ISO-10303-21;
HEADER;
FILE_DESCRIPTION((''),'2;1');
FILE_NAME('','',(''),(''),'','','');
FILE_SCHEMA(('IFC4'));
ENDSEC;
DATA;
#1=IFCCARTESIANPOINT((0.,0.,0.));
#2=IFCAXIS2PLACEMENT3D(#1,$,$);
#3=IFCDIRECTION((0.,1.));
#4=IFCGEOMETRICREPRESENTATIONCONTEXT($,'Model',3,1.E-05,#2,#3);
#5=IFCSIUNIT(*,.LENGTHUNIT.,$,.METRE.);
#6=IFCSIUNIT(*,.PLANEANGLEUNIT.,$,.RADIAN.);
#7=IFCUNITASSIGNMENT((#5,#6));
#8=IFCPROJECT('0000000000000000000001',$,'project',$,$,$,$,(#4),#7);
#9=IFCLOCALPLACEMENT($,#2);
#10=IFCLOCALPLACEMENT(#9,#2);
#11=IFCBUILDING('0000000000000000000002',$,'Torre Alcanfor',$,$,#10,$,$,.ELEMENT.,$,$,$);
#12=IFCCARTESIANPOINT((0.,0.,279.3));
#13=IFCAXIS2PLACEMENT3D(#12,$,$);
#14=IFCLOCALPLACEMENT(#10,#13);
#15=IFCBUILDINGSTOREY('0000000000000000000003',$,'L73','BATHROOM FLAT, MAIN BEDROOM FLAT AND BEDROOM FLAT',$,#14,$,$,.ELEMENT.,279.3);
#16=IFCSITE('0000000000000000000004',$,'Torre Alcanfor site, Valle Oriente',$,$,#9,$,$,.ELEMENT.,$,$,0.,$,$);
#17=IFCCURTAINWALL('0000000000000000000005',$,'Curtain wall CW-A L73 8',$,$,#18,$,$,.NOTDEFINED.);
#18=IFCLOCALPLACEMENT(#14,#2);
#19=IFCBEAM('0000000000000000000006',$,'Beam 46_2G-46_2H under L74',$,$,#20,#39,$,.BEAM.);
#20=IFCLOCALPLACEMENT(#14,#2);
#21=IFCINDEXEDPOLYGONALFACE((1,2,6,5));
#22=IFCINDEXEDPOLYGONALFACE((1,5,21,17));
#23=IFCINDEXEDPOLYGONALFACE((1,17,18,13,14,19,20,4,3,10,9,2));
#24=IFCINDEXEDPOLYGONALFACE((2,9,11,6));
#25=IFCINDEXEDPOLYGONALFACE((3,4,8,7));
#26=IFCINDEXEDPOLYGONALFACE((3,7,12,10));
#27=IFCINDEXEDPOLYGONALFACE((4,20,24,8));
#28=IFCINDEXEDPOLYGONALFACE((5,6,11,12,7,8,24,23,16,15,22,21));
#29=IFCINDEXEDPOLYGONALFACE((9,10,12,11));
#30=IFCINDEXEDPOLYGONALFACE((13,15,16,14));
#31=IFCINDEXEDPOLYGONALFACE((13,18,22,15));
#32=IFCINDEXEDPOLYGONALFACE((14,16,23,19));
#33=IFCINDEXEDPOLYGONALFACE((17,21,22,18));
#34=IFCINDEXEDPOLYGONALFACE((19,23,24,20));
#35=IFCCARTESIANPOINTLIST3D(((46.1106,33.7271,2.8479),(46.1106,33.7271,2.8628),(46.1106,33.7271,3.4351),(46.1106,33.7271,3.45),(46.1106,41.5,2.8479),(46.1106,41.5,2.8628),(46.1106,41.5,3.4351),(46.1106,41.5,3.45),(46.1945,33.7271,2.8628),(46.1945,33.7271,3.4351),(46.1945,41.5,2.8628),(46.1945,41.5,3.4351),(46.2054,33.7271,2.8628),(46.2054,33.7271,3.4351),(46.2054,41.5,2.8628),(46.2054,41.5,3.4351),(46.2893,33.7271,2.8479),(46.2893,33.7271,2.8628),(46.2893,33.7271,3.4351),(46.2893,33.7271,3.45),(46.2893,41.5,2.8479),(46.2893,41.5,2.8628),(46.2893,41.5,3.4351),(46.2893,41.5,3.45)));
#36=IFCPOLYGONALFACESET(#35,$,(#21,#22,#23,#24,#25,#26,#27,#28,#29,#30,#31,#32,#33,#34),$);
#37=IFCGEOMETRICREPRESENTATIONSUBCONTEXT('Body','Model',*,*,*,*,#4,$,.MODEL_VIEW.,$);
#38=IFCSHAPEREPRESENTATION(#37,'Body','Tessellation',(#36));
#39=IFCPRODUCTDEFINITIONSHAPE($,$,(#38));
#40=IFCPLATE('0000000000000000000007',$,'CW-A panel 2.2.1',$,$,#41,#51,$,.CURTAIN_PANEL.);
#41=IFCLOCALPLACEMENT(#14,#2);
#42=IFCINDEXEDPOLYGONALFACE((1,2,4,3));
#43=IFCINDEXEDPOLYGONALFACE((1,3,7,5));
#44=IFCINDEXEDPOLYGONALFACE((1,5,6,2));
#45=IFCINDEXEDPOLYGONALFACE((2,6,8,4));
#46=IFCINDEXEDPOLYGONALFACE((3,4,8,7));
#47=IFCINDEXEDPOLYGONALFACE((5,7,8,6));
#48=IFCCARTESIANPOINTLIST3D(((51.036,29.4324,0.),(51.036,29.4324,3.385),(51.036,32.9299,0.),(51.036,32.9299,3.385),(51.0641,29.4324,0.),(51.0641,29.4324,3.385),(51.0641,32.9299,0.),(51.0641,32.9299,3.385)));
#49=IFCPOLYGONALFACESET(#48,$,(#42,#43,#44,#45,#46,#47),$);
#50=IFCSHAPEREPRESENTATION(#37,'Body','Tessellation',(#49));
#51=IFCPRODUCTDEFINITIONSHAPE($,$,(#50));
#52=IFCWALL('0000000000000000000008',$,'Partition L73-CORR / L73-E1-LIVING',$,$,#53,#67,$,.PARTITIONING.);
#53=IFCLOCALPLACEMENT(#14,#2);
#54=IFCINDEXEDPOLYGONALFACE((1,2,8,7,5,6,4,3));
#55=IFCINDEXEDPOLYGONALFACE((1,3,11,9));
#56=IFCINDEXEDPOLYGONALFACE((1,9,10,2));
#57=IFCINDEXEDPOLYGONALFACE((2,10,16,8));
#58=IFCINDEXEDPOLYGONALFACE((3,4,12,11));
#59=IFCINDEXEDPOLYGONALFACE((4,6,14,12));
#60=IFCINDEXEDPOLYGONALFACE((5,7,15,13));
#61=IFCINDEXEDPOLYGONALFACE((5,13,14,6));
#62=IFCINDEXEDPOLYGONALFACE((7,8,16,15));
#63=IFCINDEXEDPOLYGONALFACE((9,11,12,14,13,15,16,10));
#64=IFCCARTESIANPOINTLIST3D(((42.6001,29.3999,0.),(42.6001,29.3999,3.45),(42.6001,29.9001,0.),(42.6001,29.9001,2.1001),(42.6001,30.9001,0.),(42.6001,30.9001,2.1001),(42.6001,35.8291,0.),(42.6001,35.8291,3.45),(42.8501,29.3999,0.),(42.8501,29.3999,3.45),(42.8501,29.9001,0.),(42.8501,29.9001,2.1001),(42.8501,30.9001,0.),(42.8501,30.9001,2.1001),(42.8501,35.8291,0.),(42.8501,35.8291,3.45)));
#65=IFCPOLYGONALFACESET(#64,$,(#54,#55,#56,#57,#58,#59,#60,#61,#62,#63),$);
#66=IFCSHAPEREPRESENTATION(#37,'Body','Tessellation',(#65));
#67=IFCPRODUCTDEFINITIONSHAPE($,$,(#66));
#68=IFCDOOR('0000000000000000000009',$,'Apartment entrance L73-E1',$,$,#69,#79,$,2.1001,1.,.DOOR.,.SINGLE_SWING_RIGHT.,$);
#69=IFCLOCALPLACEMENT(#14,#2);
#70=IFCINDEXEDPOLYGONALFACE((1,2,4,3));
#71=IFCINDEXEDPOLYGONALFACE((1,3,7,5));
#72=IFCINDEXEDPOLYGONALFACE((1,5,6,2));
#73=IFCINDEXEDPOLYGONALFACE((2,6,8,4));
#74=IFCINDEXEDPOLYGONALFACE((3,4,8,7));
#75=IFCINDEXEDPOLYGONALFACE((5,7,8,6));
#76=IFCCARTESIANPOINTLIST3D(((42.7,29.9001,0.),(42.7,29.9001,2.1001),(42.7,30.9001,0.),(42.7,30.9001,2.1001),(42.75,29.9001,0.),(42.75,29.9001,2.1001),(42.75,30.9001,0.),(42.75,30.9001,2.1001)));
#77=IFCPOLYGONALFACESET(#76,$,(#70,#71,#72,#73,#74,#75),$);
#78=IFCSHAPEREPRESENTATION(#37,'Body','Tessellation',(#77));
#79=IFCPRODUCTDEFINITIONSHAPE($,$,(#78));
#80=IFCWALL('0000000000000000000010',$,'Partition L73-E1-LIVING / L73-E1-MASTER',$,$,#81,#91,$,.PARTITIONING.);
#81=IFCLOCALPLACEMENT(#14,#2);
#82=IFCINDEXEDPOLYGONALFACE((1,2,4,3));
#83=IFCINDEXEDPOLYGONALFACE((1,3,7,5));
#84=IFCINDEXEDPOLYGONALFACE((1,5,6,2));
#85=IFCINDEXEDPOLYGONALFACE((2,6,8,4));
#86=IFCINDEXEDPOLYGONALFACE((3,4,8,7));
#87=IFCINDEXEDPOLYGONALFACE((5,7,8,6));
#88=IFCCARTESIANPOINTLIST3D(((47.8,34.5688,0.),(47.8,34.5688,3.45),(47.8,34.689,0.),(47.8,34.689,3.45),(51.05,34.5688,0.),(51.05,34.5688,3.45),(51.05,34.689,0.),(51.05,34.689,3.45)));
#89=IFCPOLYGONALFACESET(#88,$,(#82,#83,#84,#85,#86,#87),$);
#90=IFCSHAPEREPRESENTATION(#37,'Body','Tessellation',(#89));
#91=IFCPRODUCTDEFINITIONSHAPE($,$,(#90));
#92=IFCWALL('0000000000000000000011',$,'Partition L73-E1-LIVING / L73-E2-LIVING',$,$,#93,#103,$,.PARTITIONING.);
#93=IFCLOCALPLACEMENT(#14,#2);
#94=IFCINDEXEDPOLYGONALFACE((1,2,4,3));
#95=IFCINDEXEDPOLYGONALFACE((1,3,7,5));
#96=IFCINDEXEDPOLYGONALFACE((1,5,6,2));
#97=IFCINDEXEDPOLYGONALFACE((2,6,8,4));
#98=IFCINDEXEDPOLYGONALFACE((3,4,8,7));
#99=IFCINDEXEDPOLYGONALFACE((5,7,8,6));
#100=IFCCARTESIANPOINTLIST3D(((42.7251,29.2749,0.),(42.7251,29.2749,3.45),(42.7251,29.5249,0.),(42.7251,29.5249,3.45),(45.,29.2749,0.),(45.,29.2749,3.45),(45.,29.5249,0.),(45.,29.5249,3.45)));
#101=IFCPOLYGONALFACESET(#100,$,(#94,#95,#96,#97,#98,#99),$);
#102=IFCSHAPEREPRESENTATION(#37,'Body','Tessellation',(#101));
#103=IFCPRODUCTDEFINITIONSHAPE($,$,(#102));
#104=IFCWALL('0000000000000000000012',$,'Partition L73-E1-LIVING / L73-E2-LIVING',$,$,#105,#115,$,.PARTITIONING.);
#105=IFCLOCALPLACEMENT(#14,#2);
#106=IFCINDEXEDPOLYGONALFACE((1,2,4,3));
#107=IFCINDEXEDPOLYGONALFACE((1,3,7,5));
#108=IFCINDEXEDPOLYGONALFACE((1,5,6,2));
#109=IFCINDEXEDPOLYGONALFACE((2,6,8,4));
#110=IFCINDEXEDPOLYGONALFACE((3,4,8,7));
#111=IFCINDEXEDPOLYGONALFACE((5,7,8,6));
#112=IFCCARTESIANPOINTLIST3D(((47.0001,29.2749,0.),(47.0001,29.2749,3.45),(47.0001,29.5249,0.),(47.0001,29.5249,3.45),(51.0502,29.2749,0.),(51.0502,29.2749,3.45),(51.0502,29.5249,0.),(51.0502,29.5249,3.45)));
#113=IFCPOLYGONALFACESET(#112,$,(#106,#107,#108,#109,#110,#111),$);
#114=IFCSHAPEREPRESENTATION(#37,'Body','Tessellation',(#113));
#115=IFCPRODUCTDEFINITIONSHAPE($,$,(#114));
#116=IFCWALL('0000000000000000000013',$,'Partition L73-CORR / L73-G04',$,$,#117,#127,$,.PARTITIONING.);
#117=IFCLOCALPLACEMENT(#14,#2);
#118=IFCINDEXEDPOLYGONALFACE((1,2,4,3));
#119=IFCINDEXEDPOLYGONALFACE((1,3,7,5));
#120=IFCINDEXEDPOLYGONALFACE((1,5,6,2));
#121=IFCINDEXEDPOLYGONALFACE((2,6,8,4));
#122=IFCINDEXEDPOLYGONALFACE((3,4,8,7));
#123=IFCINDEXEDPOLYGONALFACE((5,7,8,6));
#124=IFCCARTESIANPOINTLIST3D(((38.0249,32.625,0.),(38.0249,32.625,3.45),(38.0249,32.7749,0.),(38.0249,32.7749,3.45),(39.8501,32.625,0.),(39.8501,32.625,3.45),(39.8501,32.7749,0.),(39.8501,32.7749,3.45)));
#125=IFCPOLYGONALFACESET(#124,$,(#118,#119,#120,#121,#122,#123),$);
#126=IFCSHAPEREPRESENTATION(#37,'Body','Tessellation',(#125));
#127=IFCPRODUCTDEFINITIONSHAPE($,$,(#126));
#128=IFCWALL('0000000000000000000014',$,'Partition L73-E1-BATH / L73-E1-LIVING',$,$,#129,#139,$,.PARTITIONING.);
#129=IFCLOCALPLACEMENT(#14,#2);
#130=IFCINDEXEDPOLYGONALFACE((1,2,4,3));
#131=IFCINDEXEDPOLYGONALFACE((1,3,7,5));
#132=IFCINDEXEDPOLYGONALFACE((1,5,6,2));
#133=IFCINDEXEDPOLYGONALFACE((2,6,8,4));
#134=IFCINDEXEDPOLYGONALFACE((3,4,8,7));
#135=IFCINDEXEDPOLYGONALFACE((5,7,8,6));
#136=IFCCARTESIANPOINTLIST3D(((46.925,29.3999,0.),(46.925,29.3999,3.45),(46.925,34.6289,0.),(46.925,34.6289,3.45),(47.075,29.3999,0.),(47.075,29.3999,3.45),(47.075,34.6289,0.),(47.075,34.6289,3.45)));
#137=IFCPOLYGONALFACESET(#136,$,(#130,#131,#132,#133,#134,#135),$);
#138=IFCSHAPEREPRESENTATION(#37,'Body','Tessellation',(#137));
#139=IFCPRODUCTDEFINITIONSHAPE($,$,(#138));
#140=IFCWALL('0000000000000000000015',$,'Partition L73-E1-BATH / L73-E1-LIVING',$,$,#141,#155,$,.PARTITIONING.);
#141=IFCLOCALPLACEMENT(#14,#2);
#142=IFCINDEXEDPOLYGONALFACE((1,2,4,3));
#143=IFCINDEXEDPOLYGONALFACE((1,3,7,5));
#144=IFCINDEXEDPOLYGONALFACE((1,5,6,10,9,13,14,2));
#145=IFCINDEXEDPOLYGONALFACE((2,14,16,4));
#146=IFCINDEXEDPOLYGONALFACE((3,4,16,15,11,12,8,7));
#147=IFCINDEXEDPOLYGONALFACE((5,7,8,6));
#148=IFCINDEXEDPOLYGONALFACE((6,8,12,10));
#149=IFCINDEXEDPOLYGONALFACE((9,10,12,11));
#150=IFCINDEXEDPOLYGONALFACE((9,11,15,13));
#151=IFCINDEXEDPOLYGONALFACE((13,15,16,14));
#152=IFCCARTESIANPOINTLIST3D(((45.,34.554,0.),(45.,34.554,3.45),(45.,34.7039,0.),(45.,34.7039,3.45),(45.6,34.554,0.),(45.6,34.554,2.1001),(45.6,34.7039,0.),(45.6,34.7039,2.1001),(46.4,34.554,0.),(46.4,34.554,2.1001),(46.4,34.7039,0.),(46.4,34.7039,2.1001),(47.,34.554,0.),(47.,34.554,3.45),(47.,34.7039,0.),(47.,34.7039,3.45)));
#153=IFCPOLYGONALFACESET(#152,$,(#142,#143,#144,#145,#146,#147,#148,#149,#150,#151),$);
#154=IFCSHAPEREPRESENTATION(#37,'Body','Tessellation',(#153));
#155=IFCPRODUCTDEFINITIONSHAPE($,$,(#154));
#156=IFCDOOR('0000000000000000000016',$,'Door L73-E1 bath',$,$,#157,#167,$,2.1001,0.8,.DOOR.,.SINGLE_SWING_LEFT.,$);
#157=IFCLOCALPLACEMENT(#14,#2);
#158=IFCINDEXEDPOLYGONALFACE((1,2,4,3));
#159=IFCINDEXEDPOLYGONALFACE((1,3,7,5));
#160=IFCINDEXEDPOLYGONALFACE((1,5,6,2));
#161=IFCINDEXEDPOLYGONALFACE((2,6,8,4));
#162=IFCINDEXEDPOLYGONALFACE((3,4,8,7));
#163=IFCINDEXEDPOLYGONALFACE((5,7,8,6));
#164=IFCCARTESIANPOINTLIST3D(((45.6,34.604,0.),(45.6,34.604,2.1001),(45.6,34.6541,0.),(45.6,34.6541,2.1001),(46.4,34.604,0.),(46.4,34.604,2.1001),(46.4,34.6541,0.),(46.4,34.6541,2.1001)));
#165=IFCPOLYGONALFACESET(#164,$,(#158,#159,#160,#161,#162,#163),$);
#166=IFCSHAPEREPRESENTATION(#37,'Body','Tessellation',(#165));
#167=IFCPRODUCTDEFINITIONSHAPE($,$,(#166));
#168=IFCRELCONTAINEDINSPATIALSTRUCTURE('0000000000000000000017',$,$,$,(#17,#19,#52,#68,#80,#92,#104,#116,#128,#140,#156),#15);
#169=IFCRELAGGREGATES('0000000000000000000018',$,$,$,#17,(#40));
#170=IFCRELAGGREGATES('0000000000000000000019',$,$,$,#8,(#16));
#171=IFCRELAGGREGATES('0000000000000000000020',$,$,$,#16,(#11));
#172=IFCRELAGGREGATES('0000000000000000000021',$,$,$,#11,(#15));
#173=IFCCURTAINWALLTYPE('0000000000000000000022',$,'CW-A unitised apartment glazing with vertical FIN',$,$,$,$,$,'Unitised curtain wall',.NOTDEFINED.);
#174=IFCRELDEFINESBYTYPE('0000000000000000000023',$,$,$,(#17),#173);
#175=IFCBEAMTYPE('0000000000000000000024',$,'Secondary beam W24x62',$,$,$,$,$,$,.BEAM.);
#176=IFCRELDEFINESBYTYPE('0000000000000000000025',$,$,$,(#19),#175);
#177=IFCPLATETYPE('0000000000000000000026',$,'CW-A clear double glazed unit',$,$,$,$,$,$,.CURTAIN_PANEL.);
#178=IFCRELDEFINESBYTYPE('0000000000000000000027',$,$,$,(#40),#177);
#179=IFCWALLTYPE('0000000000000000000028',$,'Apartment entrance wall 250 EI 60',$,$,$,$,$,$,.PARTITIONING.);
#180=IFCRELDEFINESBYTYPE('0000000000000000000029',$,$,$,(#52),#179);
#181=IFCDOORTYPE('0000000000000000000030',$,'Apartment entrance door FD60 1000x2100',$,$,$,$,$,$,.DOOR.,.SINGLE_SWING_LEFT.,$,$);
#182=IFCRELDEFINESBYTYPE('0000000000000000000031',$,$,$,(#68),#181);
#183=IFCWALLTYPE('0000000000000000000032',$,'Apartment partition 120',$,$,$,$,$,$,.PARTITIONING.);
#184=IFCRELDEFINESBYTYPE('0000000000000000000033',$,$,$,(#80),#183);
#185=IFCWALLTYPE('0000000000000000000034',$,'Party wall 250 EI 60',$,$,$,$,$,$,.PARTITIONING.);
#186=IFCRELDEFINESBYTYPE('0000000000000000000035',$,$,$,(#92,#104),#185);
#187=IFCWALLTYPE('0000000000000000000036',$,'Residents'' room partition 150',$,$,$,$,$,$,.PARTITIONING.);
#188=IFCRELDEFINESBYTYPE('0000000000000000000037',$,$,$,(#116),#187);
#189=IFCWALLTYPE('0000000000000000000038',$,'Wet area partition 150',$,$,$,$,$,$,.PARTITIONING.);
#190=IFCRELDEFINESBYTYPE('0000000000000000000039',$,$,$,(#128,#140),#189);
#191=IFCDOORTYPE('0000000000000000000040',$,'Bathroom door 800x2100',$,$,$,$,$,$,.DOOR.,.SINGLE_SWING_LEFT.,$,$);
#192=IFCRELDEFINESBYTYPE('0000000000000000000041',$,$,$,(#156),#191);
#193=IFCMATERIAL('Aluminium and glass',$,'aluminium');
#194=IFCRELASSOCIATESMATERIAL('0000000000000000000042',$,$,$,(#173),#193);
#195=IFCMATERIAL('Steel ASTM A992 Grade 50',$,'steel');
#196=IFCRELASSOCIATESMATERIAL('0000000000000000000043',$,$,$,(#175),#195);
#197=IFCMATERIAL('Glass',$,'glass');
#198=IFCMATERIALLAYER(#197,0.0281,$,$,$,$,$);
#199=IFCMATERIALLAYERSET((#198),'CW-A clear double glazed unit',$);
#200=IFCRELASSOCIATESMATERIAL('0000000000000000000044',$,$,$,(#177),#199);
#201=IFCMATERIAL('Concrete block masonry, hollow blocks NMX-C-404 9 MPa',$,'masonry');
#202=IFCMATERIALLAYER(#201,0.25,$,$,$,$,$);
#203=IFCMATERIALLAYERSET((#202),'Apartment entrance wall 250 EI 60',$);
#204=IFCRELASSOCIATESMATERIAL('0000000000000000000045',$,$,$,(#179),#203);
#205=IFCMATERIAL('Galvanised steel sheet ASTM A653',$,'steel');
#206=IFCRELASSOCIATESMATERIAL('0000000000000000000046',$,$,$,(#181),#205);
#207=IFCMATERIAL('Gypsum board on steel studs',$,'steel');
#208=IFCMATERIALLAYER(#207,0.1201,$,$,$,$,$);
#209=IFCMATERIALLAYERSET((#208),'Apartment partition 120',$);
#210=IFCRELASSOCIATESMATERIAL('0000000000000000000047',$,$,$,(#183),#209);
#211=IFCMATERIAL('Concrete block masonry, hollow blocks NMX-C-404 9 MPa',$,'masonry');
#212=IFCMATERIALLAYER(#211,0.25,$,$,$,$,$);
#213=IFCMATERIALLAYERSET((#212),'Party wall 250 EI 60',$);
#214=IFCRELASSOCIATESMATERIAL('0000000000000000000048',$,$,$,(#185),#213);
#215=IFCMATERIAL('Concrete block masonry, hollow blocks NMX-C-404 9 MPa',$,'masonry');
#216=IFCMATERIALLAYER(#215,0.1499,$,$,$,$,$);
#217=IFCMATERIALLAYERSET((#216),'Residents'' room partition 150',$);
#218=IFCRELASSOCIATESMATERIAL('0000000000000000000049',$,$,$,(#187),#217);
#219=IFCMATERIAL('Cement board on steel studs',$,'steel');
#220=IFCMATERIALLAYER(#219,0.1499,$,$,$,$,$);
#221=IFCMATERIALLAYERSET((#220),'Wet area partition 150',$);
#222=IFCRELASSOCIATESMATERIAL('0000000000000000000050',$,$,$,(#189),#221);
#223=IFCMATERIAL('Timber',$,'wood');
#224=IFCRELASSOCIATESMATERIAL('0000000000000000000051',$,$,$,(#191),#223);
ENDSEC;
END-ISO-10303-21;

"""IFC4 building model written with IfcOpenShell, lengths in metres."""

from ifc_helpers import new_model, si_unit, direction, frame, frame_2d, origin, origin_2d, place, context, subcontext, project, spatial, rectangle, i_section, extrude, material, layer, layer_set, material_profile, profile_set, type_object, element, fill, aggregate, save


model = new_model("IFC4")

# Units and contexts
model_context = context("Model", 3, precision=1e-05, world=origin(), true_north=direction((0.0, 1.0)))
body_context = subcontext(model_context, "Body", "Model", "MODEL_VIEW")
ifc_project = project(units=[si_unit("LENGTHUNIT", "METRE"), si_unit("PLANEANGLEUNIT", "RADIAN")], contexts=[model_context])

# Site, building, storey
site_placement = place(None, origin())
site = spatial("IfcSite", under=ifc_project, at=site_placement, Name="Torre Alcanfor site, Valle Oriente", CompositionType="ELEMENT", RefElevation=0.0)
building_placement = place(site_placement, origin())
building = spatial("IfcBuilding", under=site, at=building_placement, Name="Torre Alcanfor", CompositionType="ELEMENT")
storey_placement = place(building_placement, frame((0.0, 0.0, 279.3)))
storey = spatial("IfcBuildingStorey", under=building, at=storey_placement, Name="L73", Description="BATHROOM FLAT, MAIN BEDROOM FLAT AND BEDROOM FLAT", CompositionType="ELEMENT", Elevation=279.3)

# Curtain wall
ifc_material_1 = material(Name="Aluminium and glass", Category="aluminium")
curtain_wall_type = type_object("IfcCurtainWallType", Name="CW-A unitised apartment glazing with vertical FIN", ElementType="Unitised curtain wall", PredefinedType="NOTDEFINED", material=ifc_material_1)
curtain_wall_placement = place(storey_placement, origin())
curtain_wall = element("IfcCurtainWall", 1, at=curtain_wall_placement, inside=storey, type_object=curtain_wall_type, Name="Curtain wall CW-A L73 8", PredefinedType="NOTDEFINED")

# Beam
ifc_material_2 = material(Name="Steel ASTM A992 Grade 50", Category="steel")
ifc_material_profile_1 = material_profile(ifc_material_2, i_section(OverallWidth=0.1787, OverallDepth=0.6021, WebThickness=0.011, FlangeThickness=0.0149, at=origin_2d()), Name="W24x62")
ifc_profile_set_1 = profile_set([ifc_material_profile_1], Name="Steel ASTM A992 Grade 50")
beam_type_1 = type_object("IfcBeamType", Name="Secondary beam W24x62", PredefinedType="BEAM", material=ifc_profile_set_1)
beam_1_placement = place(storey_placement, frame((46.2, 33.7271, 3.1489), z_axis=(0.0, 1.0, 0.0), x_axis=(-1.0, 0.0, 0.0)))
element("IfcBeam", 2, at=beam_1_placement, inside=storey, type_object=beam_type_1, Name="Beam 46_2G-46_2H under L74", PredefinedType="BEAM", context=body_context, shape_type="SweptSolid", body=[
    extrude(i_section(OverallWidth=0.1787, OverallDepth=0.6021, WebThickness=0.011, FlangeThickness=0.0149, at=origin_2d()), origin(), (0.0, 0.0, 1.0), 7.7729),
])

# Plate
ifc_material_3 = material(Name="Glass", Category="glass")
ifc_layer_1 = layer(ifc_material_3, 0.0281)
ifc_layer_set_1 = layer_set([ifc_layer_1], Name="CW-A clear double glazed unit")
plate_type = type_object("IfcPlateType", Name="CW-A clear double glazed unit", PredefinedType="CURTAIN_PANEL", material=ifc_layer_set_1)
plate_placement = place(storey_placement, frame((51.05, 31.1812, 0.0), z_axis=(0.0, 0.0, 1.0), x_axis=(0.0, 1.0, 0.0)))
plate = element("IfcPlate", 3, at=plate_placement, type_object=plate_type, Name="CW-A panel 2.2.1", PredefinedType="CURTAIN_PANEL", context=body_context, shape_type="SweptSolid", body=[
    extrude(rectangle(XDim=3.4976, YDim=0.0281, at=origin_2d()), origin(), (0.0, 0.0, 1.0), 3.385),
])
aggregate(curtain_wall, [plate])

# Wall, opening, door
ifc_material_4 = material(Name="Concrete block masonry, hollow blocks NMX-C-404 9 MPa", Category="masonry")
ifc_layer_2 = layer(ifc_material_4, 0.25)
ifc_layer_set_2 = layer_set([ifc_layer_2], Name="Apartment entrance wall 250 EI 60")
wall_type_1 = type_object("IfcWallType", Name="Apartment entrance wall 250 EI 60", PredefinedType="PARTITIONING", material=ifc_layer_set_2)
wall_1_placement = place(storey_placement, frame((42.7251, 35.8291, 0.0), z_axis=(0.0, 0.0, 1.0), x_axis=(0.0, -1.0, 0.0)))
wall_1 = element("IfcWall", 4, at=wall_1_placement, inside=storey, type_object=wall_type_1, Name="Partition L73-CORR / L73-E1-LIVING", PredefinedType="PARTITIONING", context=body_context, shape_type="SweptSolid", body=[
    extrude(rectangle(XDim=6.4292, YDim=0.25, at=frame_2d((3.2146, 0.0))), origin(), (0.0, 0.0, 1.0), 3.45),
])
opening_1_placement = place(wall_1_placement, frame((4.929, 0.0, 0.0)))
opening_1 = element("IfcOpeningElement", 5, at=opening_1_placement, cuts=wall_1, PredefinedType="OPENING", context=body_context, shape_type="SweptSolid", body=[
    extrude(rectangle(XDim=1.0, YDim=2.1001, at=frame_2d((0.5, 1.05))), frame((0.0, 0.135, 0.0), z_axis=(0.0, -1.0, 0.0), x_axis=(1.0, 0.0, 0.0)), (0.0, 0.0, 1.0), 0.27),
])
ifc_material_5 = material(Name="Galvanised steel sheet ASTM A653", Category="steel")
door_type_1 = type_object("IfcDoorType", Name="Apartment entrance door FD60 1000x2100", OperationType="SINGLE_SWING_LEFT", PredefinedType="DOOR", material=ifc_material_5)
door_1_placement = place(opening_1_placement, origin())
door_1 = element("IfcDoor", 6, at=door_1_placement, inside=storey, type_object=door_type_1, Name="Apartment entrance L73-E1", OperationType="SINGLE_SWING_RIGHT", OverallHeight=2.1001, OverallWidth=1.0, PredefinedType="DOOR", context=body_context, shape_type="SweptSolid", body=[
    extrude(rectangle(XDim=1.0, YDim=2.1001, at=frame_2d((0.5, 1.05))), frame((0.0, 0.0249, 0.0), z_axis=(0.0, -1.0, 0.0), x_axis=(1.0, 0.0, 0.0)), (0.0, 0.0, 1.0), 0.05),
])
fill(opening_1, door_1)

# Walls
ifc_material_6 = material(Name="Gypsum board on steel studs", Category="steel")
ifc_layer_3 = layer(ifc_material_6, 0.1201)
ifc_layer_set_3 = layer_set([ifc_layer_3], Name="Apartment partition 120")
wall_type_2 = type_object("IfcWallType", Name="Apartment partition 120", PredefinedType="PARTITIONING", material=ifc_layer_set_3)
wall_2_placement = place(storey_placement, frame((47.8, 34.6289, 0.0), z_axis=(0.0, 0.0, 1.0), x_axis=(1.0, 0.0, 0.0)))
element("IfcWall", 7, at=wall_2_placement, inside=storey, type_object=wall_type_2, Name="Partition L73-E1-LIVING / L73-E1-MASTER", PredefinedType="PARTITIONING", context=body_context, shape_type="SweptSolid", body=[
    extrude(rectangle(XDim=3.25, YDim=0.1201, at=frame_2d((1.625, 0.0))), origin(), (0.0, 0.0, 1.0), 3.45),
])
ifc_material_7 = material(Name="Concrete block masonry, hollow blocks NMX-C-404 9 MPa", Category="masonry")
ifc_layer_4 = layer(ifc_material_7, 0.25)
ifc_layer_set_4 = layer_set([ifc_layer_4], Name="Party wall 250 EI 60")
wall_type_3 = type_object("IfcWallType", Name="Party wall 250 EI 60", PredefinedType="PARTITIONING", material=ifc_layer_set_4)
wall_3_placement = place(storey_placement, frame((45.0, 29.3999, 0.0), z_axis=(0.0, 0.0, 1.0), x_axis=(-1.0, 0.0, 0.0)))
element("IfcWall", 8, at=wall_3_placement, inside=storey, type_object=wall_type_3, Name="Partition L73-E1-LIVING / L73-E2-LIVING", PredefinedType="PARTITIONING", context=body_context, shape_type="SweptSolid", body=[
    extrude(rectangle(XDim=2.2749, YDim=0.25, at=frame_2d((1.1375, 0.0))), origin(), (0.0, 0.0, 1.0), 3.45),
])
wall_4_placement = place(storey_placement, frame((51.05, 29.3999, 0.0), z_axis=(0.0, 0.0, 1.0), x_axis=(-1.0, 0.0, 0.0)))
element("IfcWall", 9, at=wall_4_placement, inside=storey, type_object=wall_type_3, Name="Partition L73-E1-LIVING / L73-E2-LIVING", PredefinedType="PARTITIONING", context=body_context, shape_type="SweptSolid", body=[
    extrude(rectangle(XDim=4.05, YDim=0.25, at=frame_2d((2.0249, 0.0))), origin(), (0.0, 0.0, 1.0), 3.45),
])
ifc_material_8 = material(Name="Concrete block masonry, hollow blocks NMX-C-404 9 MPa", Category="masonry")
ifc_layer_5 = layer(ifc_material_8, 0.1499)
ifc_layer_set_5 = layer_set([ifc_layer_5], Name="Residents' room partition 150")
wall_type_4 = type_object("IfcWallType", Name="Residents' room partition 150", PredefinedType="PARTITIONING", material=ifc_layer_set_5)
wall_5_placement = place(storey_placement, frame((39.8501, 32.7, 0.0), z_axis=(0.0, 0.0, 1.0), x_axis=(-1.0, 0.0, 0.0)))
element("IfcWall", 10, at=wall_5_placement, inside=storey, type_object=wall_type_4, Name="Partition L73-CORR / L73-G04", PredefinedType="PARTITIONING", context=body_context, shape_type="SweptSolid", body=[
    extrude(rectangle(XDim=1.8252, YDim=0.1499, at=frame_2d((0.9126, 0.0))), origin(), (0.0, 0.0, 1.0), 3.45),
])
ifc_material_9 = material(Name="Cement board on steel studs", Category="steel")
ifc_layer_6 = layer(ifc_material_9, 0.1499)
ifc_layer_set_6 = layer_set([ifc_layer_6], Name="Wet area partition 150")
wall_type_5 = type_object("IfcWallType", Name="Wet area partition 150", PredefinedType="PARTITIONING", material=ifc_layer_set_6)
wall_6_placement = place(storey_placement, frame((47.0, 29.3999, 0.0), z_axis=(0.0, 0.0, 1.0), x_axis=(0.0, 1.0, 0.0)))
element("IfcWall", 11, at=wall_6_placement, inside=storey, type_object=wall_type_5, Name="Partition L73-E1-BATH / L73-E1-LIVING", PredefinedType="PARTITIONING", context=body_context, shape_type="SweptSolid", body=[
    extrude(rectangle(XDim=5.229, YDim=0.1499, at=frame_2d((2.6145, 0.0))), origin(), (0.0, 0.0, 1.0), 3.45),
])

# Wall, opening, door
wall_7_placement = place(storey_placement, frame((47.0, 34.6289, 0.0), z_axis=(0.0, 0.0, 1.0), x_axis=(-1.0, 0.0, 0.0)))
wall_7 = element("IfcWall", 12, at=wall_7_placement, inside=storey, type_object=wall_type_5, Name="Partition L73-E1-BATH / L73-E1-LIVING", PredefinedType="PARTITIONING", context=body_context, shape_type="SweptSolid", body=[
    extrude(rectangle(XDim=2.0, YDim=0.1499, at=frame_2d((1.0, 0.0))), origin(), (0.0, 0.0, 1.0), 3.45),
])
opening_2_placement = place(wall_7_placement, frame((0.6001, 0.0, 0.0)))
opening_2 = element("IfcOpeningElement", 13, at=opening_2_placement, cuts=wall_7, PredefinedType="OPENING", context=body_context, shape_type="SweptSolid", body=[
    extrude(rectangle(XDim=0.8, YDim=2.1001, at=frame_2d((0.3999, 1.05))), frame((0.0, 0.085, 0.0), z_axis=(0.0, -1.0, 0.0), x_axis=(1.0, 0.0, 0.0)), (0.0, 0.0, 1.0), 0.1699),
])
ifc_material_10 = material(Name="Timber", Category="wood")
door_type_2 = type_object("IfcDoorType", Name="Bathroom door 800x2100", OperationType="SINGLE_SWING_LEFT", PredefinedType="DOOR", material=ifc_material_10)
door_2_placement = place(opening_2_placement, origin())
door_2 = element("IfcDoor", 14, at=door_2_placement, inside=storey, type_object=door_type_2, Name="Door L73-E1 bath", OperationType="SINGLE_SWING_LEFT", OverallHeight=2.1001, OverallWidth=0.8, PredefinedType="DOOR", context=body_context, shape_type="SweptSolid", body=[
    extrude(rectangle(XDim=0.8, YDim=2.1001, at=frame_2d((0.3999, 1.05))), frame((0.0, 0.0249, 0.0), z_axis=(0.0, -1.0, 0.0), x_axis=(1.0, 0.0, 0.0)), (0.0, 0.0, 1.0), 0.05),
])
fill(opening_2, door_2)

save(model, "model.ifc")
